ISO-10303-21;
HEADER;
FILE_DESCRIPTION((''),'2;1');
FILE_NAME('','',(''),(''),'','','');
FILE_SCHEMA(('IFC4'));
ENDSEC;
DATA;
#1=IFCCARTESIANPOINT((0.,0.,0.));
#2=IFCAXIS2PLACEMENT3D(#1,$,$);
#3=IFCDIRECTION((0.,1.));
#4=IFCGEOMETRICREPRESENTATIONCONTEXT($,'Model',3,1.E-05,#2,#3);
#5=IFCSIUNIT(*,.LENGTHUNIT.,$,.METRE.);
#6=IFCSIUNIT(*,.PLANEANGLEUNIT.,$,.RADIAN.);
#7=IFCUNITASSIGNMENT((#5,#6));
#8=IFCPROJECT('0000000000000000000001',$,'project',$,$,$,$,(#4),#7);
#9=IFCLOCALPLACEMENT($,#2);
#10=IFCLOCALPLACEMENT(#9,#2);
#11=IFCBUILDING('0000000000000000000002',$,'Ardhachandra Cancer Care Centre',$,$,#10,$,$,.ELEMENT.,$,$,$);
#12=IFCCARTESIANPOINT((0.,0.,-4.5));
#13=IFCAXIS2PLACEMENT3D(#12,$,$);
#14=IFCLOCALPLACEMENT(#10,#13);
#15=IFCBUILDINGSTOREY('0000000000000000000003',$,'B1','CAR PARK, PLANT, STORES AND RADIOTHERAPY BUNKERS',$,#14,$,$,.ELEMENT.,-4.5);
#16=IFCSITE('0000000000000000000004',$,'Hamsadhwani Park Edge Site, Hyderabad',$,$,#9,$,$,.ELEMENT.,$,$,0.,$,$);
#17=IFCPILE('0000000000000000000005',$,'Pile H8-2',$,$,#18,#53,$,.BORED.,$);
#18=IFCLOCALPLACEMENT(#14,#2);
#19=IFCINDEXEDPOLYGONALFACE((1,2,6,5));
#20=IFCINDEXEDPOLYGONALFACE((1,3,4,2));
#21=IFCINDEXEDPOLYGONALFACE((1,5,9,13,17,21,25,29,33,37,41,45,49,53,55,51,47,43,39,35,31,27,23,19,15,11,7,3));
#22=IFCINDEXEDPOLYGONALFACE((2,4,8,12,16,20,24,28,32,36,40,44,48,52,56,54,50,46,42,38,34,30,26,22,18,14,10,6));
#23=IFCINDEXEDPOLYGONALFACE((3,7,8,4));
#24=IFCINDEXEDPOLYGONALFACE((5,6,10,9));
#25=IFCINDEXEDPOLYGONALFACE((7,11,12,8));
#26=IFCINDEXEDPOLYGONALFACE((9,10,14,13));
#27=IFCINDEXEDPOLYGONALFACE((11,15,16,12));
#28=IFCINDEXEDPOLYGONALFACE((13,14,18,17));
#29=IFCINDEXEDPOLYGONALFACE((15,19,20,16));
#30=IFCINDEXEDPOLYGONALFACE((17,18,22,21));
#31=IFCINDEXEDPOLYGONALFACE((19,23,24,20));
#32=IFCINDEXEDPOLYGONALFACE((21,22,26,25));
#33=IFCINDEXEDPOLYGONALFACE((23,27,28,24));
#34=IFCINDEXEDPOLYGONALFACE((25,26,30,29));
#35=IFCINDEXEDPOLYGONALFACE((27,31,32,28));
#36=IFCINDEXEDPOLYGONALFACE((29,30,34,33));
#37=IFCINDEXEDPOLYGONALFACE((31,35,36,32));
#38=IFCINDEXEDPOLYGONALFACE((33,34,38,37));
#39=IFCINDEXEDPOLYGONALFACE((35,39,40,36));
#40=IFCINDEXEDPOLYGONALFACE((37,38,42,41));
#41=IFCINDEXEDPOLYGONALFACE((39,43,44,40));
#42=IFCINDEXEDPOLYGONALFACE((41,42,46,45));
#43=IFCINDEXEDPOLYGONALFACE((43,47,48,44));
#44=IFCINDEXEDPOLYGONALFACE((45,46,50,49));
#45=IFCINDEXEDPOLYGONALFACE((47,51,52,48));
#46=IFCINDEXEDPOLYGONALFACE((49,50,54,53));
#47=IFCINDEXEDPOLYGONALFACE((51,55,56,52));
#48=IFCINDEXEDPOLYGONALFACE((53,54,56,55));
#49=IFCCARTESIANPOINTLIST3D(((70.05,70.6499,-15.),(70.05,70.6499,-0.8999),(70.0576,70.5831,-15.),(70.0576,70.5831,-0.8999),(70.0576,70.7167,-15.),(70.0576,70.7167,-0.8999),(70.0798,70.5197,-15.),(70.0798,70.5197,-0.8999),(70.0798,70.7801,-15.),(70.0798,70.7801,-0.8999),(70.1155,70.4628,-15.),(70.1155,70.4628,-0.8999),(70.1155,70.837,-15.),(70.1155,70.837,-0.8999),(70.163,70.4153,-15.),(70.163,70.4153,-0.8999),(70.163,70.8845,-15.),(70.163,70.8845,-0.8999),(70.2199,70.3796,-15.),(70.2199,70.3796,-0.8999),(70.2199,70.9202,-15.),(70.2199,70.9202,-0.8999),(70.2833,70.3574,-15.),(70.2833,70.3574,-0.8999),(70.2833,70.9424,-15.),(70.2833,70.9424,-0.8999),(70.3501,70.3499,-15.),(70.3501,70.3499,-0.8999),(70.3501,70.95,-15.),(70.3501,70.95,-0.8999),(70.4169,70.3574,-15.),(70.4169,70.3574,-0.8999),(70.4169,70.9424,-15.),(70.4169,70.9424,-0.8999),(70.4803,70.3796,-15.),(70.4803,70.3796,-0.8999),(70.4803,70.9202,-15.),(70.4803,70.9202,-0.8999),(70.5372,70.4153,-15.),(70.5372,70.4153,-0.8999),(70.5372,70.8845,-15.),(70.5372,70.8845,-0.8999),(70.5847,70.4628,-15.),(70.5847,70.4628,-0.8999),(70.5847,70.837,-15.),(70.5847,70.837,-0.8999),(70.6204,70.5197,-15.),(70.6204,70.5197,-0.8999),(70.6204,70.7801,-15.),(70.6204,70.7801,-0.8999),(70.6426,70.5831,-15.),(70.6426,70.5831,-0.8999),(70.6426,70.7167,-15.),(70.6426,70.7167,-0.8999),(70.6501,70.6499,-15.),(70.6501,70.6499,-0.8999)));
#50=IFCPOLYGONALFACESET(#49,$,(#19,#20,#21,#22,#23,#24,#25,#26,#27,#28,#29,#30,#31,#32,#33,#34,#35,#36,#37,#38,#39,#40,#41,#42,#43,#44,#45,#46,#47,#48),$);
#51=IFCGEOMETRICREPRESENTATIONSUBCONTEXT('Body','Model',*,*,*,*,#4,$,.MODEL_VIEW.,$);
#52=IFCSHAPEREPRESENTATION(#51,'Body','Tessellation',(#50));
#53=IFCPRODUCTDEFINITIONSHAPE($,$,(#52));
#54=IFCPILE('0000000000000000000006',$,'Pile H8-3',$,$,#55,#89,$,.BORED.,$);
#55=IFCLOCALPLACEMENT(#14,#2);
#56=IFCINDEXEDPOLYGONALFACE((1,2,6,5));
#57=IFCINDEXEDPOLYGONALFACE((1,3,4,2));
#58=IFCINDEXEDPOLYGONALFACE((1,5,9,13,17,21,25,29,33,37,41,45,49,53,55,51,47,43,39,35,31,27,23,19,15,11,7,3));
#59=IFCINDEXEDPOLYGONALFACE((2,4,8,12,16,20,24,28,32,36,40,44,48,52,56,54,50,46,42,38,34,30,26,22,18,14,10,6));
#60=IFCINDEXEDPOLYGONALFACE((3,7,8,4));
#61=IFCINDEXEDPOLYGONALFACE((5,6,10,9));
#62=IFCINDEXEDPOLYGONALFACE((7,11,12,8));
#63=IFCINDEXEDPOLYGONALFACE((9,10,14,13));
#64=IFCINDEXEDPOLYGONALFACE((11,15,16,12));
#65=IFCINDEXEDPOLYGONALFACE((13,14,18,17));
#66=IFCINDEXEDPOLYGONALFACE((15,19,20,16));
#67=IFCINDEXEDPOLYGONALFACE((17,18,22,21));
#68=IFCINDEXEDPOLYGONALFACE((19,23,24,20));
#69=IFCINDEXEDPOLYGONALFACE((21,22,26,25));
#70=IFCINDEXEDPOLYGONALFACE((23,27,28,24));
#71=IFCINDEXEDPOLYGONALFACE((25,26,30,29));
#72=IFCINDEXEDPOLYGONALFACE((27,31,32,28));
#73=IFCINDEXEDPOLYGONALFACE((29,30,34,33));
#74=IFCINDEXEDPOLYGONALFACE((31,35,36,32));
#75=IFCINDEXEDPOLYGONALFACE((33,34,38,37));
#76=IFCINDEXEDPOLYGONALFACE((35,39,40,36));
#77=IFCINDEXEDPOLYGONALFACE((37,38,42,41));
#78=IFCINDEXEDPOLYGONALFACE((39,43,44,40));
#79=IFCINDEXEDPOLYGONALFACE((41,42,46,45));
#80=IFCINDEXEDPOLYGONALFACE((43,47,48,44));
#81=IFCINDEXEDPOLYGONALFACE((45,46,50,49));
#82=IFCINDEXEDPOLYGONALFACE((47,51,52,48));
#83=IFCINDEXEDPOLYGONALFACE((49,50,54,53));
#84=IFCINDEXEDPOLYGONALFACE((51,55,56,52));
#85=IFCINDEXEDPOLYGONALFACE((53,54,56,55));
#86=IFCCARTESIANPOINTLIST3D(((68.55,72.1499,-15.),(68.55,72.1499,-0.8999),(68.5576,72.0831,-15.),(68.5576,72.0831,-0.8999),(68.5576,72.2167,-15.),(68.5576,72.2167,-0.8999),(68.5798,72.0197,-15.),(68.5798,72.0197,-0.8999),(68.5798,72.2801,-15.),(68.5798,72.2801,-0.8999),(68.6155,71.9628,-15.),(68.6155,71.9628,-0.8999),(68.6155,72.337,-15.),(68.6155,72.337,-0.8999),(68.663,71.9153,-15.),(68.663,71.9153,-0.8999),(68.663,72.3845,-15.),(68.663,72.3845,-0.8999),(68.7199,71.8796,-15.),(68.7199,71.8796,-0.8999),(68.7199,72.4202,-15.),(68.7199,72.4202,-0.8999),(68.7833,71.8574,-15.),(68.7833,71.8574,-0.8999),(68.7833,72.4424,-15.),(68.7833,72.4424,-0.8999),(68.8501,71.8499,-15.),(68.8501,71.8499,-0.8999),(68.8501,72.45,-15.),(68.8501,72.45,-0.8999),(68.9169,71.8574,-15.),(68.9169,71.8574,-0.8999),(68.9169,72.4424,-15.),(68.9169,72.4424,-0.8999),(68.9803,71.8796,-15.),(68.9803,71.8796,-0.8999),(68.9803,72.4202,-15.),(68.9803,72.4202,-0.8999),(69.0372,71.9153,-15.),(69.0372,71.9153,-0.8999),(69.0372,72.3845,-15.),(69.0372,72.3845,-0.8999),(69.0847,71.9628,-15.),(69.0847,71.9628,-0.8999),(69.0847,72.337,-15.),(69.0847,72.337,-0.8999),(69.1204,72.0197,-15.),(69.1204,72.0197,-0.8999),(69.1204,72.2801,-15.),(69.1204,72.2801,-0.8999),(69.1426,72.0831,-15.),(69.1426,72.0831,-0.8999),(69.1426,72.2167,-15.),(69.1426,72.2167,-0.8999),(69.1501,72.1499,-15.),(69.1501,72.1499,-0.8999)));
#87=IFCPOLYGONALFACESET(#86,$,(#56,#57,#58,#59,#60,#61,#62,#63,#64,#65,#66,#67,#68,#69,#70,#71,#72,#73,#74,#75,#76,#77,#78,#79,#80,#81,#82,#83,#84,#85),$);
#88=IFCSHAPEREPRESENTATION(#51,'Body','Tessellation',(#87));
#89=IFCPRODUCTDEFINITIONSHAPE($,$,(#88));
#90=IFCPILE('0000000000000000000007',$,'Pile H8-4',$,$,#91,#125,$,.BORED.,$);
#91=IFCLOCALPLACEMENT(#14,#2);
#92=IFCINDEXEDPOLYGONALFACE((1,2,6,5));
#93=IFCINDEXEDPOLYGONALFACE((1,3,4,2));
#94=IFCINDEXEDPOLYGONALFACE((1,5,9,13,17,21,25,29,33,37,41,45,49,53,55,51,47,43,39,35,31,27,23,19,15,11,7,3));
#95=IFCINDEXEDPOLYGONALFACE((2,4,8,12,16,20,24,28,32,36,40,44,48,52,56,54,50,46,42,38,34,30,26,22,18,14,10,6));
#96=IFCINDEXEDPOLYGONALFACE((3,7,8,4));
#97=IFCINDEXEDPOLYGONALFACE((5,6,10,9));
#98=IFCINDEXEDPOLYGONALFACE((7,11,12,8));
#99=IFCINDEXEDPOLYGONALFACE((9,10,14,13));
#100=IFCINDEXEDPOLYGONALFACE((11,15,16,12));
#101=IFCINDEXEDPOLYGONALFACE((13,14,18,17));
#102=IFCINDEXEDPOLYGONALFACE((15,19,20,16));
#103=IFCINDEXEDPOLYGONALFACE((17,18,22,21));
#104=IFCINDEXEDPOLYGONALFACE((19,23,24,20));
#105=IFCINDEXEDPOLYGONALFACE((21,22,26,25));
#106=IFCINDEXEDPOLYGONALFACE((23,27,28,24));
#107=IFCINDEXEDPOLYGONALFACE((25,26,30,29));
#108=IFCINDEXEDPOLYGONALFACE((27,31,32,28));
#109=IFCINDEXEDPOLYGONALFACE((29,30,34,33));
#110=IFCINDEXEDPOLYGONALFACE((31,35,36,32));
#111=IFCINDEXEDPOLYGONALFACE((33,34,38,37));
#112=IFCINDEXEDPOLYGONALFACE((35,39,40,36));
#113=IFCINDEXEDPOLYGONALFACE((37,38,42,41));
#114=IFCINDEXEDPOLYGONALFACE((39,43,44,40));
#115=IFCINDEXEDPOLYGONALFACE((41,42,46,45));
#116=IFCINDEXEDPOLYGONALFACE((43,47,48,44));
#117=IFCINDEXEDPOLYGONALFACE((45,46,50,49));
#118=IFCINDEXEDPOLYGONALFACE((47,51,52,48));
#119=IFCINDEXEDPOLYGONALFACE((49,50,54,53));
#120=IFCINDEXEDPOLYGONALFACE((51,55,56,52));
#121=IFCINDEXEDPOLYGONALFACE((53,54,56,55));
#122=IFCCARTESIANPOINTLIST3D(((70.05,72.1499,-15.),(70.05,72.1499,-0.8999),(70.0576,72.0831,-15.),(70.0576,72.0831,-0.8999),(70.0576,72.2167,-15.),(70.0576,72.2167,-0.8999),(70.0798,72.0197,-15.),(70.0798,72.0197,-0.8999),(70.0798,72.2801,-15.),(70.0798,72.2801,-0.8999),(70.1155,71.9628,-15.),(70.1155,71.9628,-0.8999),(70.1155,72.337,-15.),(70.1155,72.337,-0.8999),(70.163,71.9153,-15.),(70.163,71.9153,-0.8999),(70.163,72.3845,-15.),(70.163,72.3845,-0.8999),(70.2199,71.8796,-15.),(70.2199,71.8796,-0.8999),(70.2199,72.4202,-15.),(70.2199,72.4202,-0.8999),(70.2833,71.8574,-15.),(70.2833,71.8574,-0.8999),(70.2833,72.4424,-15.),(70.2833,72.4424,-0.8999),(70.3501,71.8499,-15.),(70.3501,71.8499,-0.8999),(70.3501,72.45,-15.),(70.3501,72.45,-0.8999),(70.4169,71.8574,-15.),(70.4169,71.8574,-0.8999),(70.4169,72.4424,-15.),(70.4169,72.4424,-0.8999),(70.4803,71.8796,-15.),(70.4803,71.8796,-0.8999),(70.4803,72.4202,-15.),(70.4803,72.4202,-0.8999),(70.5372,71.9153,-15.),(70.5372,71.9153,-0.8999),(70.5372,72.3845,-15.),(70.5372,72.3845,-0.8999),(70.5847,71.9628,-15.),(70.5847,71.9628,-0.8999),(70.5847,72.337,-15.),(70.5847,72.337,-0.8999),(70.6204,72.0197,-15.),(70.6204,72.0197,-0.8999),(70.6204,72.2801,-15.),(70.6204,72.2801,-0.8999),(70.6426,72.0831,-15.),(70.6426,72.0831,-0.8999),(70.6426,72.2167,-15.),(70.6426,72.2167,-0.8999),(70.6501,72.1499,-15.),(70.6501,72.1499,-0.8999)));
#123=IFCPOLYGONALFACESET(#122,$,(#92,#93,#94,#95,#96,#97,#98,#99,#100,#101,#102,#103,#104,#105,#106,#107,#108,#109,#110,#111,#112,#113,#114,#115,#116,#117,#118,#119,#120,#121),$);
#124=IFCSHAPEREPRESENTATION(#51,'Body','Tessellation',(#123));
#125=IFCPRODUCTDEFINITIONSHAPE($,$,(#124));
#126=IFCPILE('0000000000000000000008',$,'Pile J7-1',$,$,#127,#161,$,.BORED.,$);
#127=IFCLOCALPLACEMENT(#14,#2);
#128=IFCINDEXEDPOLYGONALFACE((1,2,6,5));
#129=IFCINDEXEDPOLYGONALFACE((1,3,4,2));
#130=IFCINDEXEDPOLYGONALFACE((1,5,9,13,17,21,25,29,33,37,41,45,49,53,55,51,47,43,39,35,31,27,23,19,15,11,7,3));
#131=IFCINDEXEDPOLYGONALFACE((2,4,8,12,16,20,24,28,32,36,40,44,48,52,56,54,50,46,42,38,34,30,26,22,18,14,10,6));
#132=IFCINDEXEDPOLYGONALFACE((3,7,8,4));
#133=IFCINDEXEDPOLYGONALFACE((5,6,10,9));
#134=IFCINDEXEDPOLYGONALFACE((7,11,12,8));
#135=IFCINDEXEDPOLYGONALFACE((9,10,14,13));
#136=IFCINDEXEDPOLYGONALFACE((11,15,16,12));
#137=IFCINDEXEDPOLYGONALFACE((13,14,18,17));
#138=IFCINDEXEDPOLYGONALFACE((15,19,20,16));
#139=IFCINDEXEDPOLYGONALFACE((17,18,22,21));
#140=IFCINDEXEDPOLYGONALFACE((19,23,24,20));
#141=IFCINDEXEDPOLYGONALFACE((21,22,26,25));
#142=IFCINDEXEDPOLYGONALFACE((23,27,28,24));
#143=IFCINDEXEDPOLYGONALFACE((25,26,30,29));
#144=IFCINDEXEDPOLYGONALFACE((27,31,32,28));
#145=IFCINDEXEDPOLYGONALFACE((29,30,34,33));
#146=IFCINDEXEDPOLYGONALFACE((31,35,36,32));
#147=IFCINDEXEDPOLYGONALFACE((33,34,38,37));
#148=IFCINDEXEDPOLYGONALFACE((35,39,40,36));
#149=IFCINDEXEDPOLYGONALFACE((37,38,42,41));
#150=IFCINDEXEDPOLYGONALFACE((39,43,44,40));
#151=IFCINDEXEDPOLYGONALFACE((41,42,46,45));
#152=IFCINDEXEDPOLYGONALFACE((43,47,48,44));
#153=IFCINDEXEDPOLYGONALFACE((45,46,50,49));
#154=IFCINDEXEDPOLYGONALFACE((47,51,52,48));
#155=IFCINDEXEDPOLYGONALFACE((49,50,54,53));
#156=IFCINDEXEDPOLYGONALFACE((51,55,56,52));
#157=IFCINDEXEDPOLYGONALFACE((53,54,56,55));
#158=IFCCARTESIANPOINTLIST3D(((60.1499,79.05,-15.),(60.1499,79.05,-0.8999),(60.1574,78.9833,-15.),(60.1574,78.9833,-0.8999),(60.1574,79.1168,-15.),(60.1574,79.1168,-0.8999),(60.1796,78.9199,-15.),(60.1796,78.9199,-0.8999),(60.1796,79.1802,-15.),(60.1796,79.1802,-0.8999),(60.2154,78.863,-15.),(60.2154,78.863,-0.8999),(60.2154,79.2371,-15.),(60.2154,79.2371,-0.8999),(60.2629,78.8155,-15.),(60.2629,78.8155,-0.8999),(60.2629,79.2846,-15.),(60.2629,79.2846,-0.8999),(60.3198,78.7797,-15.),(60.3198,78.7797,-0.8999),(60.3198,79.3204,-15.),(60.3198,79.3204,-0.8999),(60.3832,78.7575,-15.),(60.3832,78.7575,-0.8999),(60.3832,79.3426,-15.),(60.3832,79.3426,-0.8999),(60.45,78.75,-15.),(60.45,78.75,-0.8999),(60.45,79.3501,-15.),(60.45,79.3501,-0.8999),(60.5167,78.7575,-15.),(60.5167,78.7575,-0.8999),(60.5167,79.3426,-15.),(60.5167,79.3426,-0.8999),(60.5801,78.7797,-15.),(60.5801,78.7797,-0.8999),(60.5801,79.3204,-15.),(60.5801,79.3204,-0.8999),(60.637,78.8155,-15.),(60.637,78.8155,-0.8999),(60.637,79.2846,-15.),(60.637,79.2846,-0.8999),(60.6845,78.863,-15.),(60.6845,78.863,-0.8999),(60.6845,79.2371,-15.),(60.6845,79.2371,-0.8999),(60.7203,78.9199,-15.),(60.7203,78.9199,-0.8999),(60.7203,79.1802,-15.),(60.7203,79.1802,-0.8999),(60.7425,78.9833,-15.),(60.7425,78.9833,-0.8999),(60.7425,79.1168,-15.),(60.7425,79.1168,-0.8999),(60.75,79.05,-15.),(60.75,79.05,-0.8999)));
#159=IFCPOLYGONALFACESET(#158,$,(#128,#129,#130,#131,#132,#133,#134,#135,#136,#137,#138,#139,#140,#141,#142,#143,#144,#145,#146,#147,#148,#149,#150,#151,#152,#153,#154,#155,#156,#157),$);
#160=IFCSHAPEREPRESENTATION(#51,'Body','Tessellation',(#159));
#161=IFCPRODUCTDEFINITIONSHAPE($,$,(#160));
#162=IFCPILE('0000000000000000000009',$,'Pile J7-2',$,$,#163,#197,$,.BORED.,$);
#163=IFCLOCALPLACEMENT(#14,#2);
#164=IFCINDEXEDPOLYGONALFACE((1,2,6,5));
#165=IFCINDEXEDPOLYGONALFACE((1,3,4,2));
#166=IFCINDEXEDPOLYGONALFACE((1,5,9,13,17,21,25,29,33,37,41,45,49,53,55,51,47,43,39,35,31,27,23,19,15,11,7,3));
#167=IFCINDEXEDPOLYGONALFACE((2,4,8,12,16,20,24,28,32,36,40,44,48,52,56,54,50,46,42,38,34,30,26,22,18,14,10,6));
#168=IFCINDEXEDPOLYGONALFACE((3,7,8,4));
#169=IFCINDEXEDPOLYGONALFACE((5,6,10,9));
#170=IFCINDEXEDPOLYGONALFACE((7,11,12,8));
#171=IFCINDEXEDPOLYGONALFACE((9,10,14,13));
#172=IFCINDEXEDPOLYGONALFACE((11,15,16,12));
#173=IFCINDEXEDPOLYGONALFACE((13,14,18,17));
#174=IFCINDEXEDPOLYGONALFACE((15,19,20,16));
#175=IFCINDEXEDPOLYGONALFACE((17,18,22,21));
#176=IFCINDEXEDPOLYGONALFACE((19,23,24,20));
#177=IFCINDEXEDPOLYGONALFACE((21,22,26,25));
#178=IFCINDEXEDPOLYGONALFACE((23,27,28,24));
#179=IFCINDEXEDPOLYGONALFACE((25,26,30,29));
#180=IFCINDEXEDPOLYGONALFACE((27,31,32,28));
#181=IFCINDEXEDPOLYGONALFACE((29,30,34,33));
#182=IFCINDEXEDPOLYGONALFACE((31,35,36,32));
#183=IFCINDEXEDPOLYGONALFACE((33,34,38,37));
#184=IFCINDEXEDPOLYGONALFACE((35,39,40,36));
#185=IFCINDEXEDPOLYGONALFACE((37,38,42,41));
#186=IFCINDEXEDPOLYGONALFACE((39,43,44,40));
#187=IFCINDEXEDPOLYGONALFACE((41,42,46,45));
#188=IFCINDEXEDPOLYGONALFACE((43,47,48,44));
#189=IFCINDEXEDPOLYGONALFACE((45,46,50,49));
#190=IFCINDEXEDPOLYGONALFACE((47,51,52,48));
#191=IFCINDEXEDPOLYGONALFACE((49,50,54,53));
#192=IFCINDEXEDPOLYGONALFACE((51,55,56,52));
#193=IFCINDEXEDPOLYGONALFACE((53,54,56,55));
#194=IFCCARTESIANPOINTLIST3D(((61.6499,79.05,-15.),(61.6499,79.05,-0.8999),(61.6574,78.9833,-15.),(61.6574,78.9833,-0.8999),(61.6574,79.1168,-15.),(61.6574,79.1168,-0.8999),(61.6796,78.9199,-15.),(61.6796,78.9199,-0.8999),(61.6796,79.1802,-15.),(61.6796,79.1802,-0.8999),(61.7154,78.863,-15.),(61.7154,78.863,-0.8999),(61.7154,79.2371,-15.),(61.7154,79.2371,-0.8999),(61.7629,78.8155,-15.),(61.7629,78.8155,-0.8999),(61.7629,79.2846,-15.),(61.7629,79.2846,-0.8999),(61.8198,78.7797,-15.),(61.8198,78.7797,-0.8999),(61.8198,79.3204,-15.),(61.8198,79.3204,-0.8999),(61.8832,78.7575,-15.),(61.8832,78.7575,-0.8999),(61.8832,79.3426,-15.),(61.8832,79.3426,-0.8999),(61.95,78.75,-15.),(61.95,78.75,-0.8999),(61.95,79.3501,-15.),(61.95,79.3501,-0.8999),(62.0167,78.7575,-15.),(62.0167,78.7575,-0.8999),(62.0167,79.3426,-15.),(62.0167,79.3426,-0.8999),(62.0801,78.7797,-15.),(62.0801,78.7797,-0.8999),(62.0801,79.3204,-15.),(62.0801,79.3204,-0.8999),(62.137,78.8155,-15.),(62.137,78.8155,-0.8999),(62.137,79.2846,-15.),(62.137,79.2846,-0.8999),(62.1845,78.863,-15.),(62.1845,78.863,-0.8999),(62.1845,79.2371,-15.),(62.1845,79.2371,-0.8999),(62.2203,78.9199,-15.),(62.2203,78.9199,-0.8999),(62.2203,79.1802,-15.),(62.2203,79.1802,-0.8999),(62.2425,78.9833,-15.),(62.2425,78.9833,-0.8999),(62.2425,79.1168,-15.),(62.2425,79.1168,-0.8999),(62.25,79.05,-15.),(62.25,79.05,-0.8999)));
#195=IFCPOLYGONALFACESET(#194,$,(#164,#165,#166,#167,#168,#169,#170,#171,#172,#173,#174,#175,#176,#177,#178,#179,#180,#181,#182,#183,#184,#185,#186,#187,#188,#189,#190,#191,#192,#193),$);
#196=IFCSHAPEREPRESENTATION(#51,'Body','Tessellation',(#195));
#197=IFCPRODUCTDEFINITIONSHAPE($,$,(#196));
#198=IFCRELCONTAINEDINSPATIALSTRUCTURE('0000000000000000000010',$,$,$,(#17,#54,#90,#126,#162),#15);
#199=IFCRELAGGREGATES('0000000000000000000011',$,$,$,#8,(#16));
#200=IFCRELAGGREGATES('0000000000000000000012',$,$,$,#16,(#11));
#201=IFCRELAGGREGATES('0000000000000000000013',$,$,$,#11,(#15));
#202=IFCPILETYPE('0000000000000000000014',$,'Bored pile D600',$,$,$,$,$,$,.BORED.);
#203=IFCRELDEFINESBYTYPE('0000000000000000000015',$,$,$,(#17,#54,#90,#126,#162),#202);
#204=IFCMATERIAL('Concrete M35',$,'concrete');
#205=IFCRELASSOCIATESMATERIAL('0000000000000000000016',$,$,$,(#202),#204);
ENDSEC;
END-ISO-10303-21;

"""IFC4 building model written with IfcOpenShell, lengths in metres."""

from ifc_helpers import new_model, si_unit, direction, frame, origin, origin_2d, place, context, subcontext, project, spatial, circle, extrude, material, material_profile, profile_set, type_object, element, save


model = new_model("IFC4")

# Units and contexts
model_context = context("Model", 3, precision=1e-05, world=origin(), true_north=direction((0.0, 1.0)))
body_context = subcontext(model_context, "Body", "Model", "MODEL_VIEW")
ifc_project = project(units=[si_unit("LENGTHUNIT", "METRE"), si_unit("PLANEANGLEUNIT", "RADIAN")], contexts=[model_context])

# Site, building, storey
site_placement = place(None, origin())
site = spatial("IfcSite", under=ifc_project, at=site_placement, Name="Hamsadhwani Park Edge Site, Hyderabad", CompositionType="ELEMENT", RefElevation=0.0)
building_placement = place(site_placement, origin())
building = spatial("IfcBuilding", under=site, at=building_placement, Name="Ardhachandra Cancer Care Centre", CompositionType="ELEMENT")
storey_placement = place(building_placement, frame((0.0, 0.0, -4.5)))
storey = spatial("IfcBuildingStorey", under=building, at=storey_placement, Name="B1", Description="CAR PARK, PLANT, STORES AND RADIOTHERAPY BUNKERS", CompositionType="ELEMENT", Elevation=-4.5)

# Piles
ifc_material_1 = material(Name="Concrete M35", Category="concrete")
ifc_material_profile_1 = material_profile(ifc_material_1, circle(Radius=0.3, at=origin_2d()), Name="D600")
ifc_profile_set_1 = profile_set([ifc_material_profile_1], Name="Concrete M35")
pile_type = type_object("IfcPileType", Name="Bored pile D600", PredefinedType="BORED", material=ifc_profile_set_1)
for number, where, z_axis, x_axis, name in (
    (1, (70.3501, 70.6499, -0.8999), (0.0, 0.0, -1.0), (1.0, 0.0, 0.0), "Pile H8-2"),
    (2, (68.8501, 72.1499, -0.8999), (0.0, 0.0, -1.0), (1.0, 0.0, 0.0), "Pile H8-3"),
    (3, (70.3501, 72.1499, -0.8999), (0.0, 0.0, -1.0), (1.0, 0.0, 0.0), "Pile H8-4"),
    (4, (60.45, 79.05, -0.8999), (0.0, 0.0, -1.0), (1.0, 0.0, 0.0), "Pile J7-1"),
    (5, (61.95, 79.05, -0.8999), (0.0, 0.0, -1.0), (1.0, 0.0, 0.0), "Pile J7-2"),
):
    element("IfcPile", number, at=place(storey_placement, frame(where, z_axis=z_axis, x_axis=x_axis)), inside=storey, type_object=pile_type, Name=name, PredefinedType="BORED", context=body_context, shape_type="SweptSolid", body=[
        extrude(circle(Radius=0.3, at=origin_2d()), origin(), (0.0, 0.0, 1.0), 14.1001),
    ])

save(model, "model.ifc")
